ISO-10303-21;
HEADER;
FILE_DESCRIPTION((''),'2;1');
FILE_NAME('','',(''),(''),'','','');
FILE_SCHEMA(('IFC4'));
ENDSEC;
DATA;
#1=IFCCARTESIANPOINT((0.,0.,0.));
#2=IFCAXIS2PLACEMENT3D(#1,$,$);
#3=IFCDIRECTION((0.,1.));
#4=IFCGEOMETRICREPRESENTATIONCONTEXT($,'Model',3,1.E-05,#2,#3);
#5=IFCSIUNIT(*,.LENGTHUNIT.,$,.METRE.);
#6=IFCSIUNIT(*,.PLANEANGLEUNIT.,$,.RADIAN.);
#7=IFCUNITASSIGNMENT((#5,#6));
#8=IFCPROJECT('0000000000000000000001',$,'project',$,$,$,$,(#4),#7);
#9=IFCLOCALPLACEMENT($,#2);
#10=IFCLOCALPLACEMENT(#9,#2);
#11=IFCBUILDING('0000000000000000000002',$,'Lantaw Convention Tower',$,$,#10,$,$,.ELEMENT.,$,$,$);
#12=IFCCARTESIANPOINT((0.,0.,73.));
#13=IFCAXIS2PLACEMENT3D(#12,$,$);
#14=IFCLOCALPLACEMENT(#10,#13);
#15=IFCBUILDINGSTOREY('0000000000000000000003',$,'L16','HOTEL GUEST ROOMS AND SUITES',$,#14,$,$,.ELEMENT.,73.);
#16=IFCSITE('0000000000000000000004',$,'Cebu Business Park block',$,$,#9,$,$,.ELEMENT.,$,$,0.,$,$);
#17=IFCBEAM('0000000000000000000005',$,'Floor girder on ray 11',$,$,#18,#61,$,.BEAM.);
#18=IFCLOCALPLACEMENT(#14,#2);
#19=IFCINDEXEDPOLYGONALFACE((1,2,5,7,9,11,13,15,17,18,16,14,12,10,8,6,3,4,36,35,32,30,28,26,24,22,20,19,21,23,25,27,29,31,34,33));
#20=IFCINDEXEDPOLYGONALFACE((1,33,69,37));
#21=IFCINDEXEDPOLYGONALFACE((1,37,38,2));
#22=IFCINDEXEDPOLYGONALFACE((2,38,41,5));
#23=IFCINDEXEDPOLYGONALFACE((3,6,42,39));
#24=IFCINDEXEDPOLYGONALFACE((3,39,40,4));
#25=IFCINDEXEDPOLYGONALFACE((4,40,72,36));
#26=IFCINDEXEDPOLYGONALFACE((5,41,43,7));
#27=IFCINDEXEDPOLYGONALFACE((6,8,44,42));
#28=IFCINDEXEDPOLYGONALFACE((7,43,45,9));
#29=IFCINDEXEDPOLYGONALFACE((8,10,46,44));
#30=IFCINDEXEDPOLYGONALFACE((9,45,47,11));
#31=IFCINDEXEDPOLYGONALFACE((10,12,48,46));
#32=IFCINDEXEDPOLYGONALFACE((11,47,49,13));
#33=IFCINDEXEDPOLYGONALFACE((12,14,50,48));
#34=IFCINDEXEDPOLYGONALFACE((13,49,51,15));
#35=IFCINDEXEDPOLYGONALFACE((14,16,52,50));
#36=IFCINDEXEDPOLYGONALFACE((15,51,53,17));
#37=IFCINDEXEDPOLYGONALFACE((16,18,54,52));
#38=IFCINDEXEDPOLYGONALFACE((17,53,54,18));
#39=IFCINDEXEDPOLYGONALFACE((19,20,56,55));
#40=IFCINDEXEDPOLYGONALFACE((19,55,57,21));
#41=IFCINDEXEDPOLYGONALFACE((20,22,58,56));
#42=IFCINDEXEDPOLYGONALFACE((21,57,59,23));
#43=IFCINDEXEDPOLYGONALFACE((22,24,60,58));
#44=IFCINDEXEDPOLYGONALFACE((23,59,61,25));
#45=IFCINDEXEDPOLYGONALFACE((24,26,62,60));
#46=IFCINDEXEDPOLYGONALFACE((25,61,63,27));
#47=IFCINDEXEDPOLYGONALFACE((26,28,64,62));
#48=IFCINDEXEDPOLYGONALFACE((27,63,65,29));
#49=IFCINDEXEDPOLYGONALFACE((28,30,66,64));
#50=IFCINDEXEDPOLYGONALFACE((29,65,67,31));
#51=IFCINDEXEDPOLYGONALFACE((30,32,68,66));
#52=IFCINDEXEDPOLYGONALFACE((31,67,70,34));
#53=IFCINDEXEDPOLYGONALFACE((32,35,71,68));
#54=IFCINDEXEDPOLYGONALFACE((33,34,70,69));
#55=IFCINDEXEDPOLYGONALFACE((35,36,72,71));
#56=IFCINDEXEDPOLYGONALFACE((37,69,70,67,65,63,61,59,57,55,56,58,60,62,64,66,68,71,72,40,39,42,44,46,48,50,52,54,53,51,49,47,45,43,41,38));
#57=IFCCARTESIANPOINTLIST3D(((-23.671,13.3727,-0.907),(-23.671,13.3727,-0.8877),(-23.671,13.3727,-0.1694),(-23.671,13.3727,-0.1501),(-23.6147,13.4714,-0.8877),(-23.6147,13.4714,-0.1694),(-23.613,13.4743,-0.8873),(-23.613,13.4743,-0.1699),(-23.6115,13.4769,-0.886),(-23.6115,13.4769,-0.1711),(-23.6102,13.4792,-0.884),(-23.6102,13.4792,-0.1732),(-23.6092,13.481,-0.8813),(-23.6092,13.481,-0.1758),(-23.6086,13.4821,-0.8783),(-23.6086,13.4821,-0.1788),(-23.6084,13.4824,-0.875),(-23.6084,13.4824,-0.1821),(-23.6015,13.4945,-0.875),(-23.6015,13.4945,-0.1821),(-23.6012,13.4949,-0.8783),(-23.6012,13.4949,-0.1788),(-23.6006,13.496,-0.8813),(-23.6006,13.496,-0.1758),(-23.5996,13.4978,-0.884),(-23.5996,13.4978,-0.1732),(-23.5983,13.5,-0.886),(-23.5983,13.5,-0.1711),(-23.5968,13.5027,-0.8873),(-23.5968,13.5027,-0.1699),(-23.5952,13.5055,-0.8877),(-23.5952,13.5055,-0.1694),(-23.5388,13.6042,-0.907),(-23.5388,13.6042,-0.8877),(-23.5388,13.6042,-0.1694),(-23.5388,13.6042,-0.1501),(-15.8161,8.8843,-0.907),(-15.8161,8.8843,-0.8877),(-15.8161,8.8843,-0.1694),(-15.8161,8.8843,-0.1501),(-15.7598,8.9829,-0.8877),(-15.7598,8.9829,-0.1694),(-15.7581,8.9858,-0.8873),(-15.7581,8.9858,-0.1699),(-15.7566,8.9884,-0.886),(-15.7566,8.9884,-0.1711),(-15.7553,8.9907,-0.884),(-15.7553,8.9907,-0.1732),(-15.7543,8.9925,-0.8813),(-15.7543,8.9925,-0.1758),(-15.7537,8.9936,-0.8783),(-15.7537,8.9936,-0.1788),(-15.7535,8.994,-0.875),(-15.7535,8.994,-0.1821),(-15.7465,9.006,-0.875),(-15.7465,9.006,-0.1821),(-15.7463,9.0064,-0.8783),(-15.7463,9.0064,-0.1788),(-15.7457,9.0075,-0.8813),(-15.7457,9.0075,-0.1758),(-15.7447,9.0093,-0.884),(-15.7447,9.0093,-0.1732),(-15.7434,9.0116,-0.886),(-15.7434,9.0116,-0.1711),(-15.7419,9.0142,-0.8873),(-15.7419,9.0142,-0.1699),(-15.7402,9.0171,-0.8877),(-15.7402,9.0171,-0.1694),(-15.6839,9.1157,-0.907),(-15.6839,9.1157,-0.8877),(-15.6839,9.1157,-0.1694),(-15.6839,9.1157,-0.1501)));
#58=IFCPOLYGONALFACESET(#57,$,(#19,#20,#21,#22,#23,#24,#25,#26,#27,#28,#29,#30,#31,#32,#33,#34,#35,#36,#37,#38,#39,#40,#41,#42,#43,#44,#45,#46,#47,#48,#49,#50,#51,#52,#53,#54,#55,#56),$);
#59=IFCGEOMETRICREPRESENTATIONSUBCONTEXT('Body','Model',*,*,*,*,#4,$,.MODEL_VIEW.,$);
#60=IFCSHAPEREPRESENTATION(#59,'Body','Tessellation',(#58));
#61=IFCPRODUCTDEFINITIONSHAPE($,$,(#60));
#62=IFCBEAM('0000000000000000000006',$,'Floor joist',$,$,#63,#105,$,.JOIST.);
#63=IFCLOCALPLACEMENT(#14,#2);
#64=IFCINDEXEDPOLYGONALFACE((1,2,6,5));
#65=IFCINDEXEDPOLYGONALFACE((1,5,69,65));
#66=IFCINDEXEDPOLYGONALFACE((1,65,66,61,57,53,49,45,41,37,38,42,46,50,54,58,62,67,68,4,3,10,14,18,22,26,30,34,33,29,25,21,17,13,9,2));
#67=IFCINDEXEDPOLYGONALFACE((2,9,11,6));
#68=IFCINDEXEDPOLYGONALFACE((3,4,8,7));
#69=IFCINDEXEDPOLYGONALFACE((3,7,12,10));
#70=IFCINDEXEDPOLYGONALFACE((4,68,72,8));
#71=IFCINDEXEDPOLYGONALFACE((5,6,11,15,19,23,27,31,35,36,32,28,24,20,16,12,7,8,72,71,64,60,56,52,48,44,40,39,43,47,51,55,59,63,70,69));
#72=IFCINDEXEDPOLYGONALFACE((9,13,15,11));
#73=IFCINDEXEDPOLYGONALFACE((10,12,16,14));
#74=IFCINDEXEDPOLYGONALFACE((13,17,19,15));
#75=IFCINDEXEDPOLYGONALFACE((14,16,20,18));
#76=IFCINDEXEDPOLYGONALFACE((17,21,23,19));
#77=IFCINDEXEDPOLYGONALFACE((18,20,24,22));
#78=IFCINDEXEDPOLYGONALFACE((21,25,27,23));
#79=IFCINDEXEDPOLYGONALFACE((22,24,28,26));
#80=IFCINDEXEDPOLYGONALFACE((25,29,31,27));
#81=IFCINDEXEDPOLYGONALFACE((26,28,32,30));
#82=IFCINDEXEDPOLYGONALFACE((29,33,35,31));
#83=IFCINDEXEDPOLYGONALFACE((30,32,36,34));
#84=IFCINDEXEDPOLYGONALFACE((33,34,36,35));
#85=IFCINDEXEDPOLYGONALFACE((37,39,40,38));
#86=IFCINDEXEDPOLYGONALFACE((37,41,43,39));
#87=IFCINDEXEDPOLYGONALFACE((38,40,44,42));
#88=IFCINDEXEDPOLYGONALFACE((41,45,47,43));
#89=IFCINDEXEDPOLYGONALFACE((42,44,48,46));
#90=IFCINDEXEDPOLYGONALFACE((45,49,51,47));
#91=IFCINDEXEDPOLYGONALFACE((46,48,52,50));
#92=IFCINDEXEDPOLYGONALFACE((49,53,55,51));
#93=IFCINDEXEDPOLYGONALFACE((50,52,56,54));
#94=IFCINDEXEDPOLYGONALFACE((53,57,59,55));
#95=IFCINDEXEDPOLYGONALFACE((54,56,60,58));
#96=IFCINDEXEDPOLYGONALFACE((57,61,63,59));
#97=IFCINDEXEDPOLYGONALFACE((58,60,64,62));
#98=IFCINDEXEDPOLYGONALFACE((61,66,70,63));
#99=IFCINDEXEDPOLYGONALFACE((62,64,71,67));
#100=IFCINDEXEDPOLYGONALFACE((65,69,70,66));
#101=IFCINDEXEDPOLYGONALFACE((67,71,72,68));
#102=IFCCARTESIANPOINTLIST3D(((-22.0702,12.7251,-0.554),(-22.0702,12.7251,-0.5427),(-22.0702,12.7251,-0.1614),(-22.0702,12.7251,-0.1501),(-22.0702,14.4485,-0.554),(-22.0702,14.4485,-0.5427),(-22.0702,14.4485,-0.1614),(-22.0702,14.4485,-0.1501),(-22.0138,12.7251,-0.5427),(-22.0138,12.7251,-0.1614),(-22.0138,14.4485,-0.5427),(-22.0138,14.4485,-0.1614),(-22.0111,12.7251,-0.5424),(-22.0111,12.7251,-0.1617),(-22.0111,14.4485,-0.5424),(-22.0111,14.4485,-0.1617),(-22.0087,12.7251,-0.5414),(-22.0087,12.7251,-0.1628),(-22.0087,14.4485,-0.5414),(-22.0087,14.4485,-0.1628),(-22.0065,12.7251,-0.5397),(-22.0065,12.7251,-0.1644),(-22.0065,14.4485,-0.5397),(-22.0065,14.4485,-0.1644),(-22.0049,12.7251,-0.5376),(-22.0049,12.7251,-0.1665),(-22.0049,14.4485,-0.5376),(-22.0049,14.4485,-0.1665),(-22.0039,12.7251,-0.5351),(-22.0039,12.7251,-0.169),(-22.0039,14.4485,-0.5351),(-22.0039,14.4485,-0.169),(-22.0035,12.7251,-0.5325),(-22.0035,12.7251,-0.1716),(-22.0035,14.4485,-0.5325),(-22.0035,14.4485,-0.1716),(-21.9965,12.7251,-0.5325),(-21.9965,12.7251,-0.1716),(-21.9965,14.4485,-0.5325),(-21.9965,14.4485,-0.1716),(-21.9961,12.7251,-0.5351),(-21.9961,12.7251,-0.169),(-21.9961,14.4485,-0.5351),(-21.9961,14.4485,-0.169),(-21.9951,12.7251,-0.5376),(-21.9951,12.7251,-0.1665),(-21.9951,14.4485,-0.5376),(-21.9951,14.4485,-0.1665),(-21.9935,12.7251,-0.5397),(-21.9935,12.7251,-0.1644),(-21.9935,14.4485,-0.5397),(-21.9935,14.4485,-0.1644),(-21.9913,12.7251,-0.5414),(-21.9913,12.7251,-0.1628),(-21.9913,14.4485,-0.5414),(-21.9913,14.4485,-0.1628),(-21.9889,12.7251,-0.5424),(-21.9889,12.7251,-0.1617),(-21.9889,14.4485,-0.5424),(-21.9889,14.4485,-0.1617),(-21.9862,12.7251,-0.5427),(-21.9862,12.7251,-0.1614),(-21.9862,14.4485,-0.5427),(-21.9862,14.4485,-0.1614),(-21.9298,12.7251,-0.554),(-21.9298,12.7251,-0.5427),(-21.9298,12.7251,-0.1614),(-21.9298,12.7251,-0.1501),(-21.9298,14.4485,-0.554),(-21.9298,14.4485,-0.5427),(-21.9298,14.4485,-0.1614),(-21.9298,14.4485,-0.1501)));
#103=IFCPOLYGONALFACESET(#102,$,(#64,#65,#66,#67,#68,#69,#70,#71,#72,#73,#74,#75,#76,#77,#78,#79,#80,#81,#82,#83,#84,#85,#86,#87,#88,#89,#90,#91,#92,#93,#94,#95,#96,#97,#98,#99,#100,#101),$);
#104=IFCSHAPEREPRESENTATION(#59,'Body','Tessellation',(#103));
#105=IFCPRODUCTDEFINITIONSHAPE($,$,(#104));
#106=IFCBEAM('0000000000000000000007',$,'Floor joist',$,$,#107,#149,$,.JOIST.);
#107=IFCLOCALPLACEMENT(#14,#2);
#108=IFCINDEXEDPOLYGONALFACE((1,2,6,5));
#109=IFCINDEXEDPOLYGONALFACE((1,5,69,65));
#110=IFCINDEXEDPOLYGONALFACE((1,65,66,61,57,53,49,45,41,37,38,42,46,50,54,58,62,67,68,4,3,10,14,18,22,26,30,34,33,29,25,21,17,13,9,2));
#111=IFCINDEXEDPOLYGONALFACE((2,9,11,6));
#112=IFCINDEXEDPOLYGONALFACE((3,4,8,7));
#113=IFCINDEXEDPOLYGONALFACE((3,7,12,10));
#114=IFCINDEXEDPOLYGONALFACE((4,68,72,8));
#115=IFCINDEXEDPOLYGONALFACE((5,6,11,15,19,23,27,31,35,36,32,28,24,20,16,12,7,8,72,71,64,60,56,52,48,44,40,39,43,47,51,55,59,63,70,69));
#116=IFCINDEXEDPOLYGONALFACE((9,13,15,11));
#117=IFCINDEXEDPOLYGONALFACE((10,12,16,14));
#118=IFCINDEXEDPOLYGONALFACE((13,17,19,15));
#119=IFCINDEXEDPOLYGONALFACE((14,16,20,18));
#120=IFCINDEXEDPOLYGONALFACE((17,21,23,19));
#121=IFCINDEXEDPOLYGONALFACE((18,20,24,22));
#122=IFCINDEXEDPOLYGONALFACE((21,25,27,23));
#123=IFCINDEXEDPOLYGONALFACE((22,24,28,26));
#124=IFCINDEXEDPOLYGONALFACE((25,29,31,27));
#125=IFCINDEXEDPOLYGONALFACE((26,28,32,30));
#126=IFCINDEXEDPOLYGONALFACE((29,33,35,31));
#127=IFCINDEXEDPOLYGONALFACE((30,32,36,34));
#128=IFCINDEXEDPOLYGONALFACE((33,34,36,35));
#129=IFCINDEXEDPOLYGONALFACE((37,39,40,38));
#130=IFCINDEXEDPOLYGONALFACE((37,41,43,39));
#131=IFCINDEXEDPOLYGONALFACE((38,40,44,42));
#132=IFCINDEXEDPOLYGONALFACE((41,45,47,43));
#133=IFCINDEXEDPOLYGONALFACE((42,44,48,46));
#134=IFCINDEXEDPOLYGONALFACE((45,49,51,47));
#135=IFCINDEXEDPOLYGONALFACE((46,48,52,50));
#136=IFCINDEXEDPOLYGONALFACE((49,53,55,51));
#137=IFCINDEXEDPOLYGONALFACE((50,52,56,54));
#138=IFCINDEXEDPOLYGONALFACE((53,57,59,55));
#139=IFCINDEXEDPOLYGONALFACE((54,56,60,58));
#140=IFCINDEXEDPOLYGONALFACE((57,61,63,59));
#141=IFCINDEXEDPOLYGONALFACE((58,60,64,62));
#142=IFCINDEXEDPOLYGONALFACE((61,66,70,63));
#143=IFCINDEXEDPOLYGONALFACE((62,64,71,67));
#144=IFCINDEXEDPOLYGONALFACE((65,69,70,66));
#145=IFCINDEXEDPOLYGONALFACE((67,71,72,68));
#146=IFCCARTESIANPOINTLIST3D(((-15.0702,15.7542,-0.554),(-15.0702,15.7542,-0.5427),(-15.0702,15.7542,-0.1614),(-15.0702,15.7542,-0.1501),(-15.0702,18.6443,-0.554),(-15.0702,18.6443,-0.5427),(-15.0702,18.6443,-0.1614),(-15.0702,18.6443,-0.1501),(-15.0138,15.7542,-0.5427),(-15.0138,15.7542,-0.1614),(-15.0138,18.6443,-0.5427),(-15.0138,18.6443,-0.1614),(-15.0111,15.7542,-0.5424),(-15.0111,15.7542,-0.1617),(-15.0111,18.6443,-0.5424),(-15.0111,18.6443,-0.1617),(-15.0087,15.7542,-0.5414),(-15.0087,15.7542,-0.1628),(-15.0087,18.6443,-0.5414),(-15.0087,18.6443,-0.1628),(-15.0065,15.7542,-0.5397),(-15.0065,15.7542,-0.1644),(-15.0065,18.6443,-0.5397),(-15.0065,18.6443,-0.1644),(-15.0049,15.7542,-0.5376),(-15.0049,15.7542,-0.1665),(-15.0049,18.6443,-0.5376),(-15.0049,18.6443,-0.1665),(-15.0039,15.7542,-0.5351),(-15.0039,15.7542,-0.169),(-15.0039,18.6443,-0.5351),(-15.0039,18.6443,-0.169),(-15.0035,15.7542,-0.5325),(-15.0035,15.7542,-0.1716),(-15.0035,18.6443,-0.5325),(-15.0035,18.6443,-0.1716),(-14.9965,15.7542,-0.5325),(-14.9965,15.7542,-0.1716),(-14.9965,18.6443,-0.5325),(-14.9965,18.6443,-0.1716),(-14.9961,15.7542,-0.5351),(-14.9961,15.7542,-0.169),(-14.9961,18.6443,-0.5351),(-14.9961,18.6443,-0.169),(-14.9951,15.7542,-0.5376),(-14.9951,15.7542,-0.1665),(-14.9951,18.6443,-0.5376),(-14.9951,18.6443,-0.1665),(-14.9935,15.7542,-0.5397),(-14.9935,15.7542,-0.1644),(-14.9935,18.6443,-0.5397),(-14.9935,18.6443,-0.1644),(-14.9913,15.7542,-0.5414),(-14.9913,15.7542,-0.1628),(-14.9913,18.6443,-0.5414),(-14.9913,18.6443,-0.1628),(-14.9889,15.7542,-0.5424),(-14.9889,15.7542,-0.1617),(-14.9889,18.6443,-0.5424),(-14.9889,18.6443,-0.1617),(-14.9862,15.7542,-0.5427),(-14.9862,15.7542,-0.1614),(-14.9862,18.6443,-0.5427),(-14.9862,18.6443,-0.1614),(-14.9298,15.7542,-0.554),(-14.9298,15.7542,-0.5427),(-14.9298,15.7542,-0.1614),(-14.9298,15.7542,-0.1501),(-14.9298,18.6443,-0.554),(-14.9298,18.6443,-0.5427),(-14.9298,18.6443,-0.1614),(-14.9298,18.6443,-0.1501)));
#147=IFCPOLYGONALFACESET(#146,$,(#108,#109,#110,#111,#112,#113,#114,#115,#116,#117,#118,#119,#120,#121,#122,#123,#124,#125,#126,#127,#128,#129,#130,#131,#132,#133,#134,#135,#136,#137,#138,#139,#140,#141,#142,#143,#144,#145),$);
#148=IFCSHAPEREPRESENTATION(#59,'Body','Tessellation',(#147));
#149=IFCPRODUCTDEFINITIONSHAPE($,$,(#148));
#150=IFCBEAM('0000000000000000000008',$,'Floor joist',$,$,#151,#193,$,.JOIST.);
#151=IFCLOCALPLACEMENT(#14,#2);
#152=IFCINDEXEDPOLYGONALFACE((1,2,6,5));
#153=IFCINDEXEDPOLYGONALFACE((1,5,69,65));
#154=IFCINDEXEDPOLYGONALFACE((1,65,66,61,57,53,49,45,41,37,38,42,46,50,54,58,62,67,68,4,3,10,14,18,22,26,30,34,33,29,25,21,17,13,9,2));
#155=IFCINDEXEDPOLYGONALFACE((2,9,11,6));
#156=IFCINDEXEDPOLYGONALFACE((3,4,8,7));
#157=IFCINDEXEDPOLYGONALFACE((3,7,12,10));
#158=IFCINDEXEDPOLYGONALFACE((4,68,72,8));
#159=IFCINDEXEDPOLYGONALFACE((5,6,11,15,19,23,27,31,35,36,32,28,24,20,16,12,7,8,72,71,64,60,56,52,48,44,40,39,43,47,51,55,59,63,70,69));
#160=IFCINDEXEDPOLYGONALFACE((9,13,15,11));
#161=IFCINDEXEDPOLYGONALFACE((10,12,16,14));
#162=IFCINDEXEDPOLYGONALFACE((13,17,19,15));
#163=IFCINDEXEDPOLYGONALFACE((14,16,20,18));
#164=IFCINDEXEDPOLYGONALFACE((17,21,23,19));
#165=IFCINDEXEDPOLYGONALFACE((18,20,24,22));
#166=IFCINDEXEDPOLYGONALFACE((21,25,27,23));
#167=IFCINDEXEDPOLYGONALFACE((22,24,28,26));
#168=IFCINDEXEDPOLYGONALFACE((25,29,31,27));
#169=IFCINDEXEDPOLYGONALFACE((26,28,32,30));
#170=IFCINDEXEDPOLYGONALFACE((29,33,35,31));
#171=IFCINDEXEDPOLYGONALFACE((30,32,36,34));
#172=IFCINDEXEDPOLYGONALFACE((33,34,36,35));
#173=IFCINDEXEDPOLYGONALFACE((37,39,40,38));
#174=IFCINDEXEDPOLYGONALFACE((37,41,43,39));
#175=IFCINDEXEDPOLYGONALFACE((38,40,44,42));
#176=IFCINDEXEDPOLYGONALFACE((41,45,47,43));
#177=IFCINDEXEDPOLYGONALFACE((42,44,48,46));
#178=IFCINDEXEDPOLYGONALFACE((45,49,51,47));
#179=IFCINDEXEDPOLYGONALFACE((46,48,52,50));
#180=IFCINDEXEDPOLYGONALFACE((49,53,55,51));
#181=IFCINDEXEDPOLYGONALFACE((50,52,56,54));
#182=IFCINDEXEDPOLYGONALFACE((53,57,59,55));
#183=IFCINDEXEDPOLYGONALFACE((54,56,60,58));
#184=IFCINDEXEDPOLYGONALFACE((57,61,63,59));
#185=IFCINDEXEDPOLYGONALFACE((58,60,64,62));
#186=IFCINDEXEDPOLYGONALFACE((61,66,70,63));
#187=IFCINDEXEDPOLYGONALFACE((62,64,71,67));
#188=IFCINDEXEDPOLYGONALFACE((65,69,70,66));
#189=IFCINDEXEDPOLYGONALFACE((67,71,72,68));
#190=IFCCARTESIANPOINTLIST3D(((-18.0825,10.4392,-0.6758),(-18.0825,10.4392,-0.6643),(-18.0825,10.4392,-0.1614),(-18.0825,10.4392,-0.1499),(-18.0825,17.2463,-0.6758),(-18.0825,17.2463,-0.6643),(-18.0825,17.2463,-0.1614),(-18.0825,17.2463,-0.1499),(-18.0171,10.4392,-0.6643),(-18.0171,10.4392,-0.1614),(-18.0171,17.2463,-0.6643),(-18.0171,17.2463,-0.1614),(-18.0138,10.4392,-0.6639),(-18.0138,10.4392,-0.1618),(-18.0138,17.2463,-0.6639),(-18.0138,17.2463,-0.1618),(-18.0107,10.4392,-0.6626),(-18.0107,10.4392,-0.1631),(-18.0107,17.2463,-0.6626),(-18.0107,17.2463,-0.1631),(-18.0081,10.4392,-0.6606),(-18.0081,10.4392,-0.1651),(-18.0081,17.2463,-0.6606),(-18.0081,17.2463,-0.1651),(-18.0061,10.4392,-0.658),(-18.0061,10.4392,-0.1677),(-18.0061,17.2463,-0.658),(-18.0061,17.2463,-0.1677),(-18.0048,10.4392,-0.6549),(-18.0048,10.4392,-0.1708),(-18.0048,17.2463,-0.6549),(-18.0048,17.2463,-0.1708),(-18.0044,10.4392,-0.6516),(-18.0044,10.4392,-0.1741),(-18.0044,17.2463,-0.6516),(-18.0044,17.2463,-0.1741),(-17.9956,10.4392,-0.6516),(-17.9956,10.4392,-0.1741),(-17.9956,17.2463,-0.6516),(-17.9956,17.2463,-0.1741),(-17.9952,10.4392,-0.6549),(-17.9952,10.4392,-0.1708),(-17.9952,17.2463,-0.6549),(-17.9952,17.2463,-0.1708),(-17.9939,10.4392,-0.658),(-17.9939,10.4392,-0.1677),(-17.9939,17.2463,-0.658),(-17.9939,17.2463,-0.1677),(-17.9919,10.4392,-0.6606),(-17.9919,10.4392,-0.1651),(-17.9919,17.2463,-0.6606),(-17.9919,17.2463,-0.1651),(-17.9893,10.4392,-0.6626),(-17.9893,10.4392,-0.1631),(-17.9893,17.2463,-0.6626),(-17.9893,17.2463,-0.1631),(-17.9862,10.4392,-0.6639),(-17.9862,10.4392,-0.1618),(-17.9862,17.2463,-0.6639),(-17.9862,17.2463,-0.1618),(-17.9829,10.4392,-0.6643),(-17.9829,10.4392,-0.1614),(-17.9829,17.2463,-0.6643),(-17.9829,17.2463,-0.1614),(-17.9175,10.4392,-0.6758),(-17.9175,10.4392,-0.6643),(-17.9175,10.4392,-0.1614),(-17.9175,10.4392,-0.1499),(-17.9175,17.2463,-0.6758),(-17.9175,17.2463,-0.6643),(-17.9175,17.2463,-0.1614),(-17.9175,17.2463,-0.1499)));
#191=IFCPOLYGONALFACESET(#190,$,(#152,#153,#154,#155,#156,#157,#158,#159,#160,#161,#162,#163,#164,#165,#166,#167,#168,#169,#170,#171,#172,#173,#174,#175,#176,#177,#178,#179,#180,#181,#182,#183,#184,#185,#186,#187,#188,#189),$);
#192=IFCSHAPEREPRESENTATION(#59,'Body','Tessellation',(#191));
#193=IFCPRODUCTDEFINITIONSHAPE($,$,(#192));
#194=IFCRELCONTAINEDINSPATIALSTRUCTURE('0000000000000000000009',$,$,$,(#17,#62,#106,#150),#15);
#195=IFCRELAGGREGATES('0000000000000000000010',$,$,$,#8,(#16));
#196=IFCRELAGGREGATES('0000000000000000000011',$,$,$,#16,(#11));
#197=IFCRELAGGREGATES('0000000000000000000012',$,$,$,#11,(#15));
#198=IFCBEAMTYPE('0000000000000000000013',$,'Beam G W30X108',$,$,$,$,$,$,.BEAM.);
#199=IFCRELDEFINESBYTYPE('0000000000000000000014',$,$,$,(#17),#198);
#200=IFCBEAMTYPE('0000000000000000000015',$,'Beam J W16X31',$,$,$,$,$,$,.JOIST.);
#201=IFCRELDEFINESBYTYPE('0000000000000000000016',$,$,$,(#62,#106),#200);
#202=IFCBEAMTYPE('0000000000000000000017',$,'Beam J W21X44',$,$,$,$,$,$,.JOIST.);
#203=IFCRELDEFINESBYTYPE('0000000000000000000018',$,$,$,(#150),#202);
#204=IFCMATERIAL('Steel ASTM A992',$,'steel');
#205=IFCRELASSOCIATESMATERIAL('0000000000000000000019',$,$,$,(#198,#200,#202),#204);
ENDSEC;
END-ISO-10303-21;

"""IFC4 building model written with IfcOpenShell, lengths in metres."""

from ifc_helpers import new_model, si_unit, direction, frame, origin, origin_2d, place, context, subcontext, project, spatial, i_section, extrude, material, material_profile, profile_set, type_object, element, save


model = new_model("IFC4")

# Units and contexts
model_context = context("Model", 3, precision=1e-05, world=origin(), true_north=direction((0.0, 1.0)))
body_context = subcontext(model_context, "Body", "Model", "MODEL_VIEW")
ifc_project = project(units=[si_unit("LENGTHUNIT", "METRE"), si_unit("PLANEANGLEUNIT", "RADIAN")], contexts=[model_context])

# Site, building, storey
site_placement = place(None, origin())
site = spatial("IfcSite", under=ifc_project, at=site_placement, Name="Cebu Business Park block", CompositionType="ELEMENT", RefElevation=0.0)
building_placement = place(site_placement, origin())
building = spatial("IfcBuilding", under=site, at=building_placement, Name="Lantaw Convention Tower", CompositionType="ELEMENT")
storey_placement = place(building_placement, frame((0.0, 0.0, 73.0)))
storey = spatial("IfcBuildingStorey", under=building, at=storey_placement, Name="L16", Description="HOTEL GUEST ROOMS AND SUITES", CompositionType="ELEMENT", Elevation=73.0)

# Beams
ifc_material_1 = material(Name="Steel ASTM A992", Category="steel")
ifc_material_profile_1 = material_profile(ifc_material_1, i_section(OverallWidth=0.2666, OverallDepth=0.7568, WebThickness=0.0139, FlangeThickness=0.0193, FilletRadius=0.0127, at=origin_2d()), Name="W30X108")
ifc_profile_set_1 = profile_set([ifc_material_profile_1], Name="Steel ASTM A992")
beam_type_1 = type_object("IfcBeamType", Name="Beam G W30X108", PredefinedType="BEAM", material=ifc_profile_set_1)
beam_1_placement = place(storey_placement, frame((-15.75, 9.0, -0.5286), z_axis=(-0.868245, 0.496136, 0.0), x_axis=(-0.496136, -0.868245, 0.0)))
element("IfcBeam", 1, at=beam_1_placement, inside=storey, type_object=beam_type_1, Name="Floor girder on ray 11", PredefinedType="BEAM", context=body_context, shape_type="SweptSolid", body=[
    extrude(i_section(OverallWidth=0.2666, OverallDepth=0.7568, WebThickness=0.0139, FlangeThickness=0.0193, FilletRadius=0.0127, at=origin_2d()), origin(), (0.0, 0.0, 1.0), 9.0469),
])
ifc_material_profile_2 = material_profile(ifc_material_1, i_section(OverallWidth=0.1404, OverallDepth=0.4038, WebThickness=0.0071, FlangeThickness=0.0112, FilletRadius=0.0103, at=origin_2d()), Name="W16X31")
ifc_profile_set_2 = profile_set([ifc_material_profile_2], Name="Steel ASTM A992")
beam_type_2 = type_object("IfcBeamType", Name="Beam J W16X31", PredefinedType="JOIST", material=ifc_profile_set_2)
beam_2_placement = place(storey_placement, frame((-22.0, 12.7251, -0.3521), z_axis=(0.0, 1.0, 0.0), x_axis=(-1.0, 0.0, 0.0)))
element("IfcBeam", 2, at=beam_2_placement, inside=storey, type_object=beam_type_2, Name="Floor joist", PredefinedType="JOIST", context=body_context, shape_type="SweptSolid", body=[
    extrude(i_section(OverallWidth=0.1404, OverallDepth=0.4038, WebThickness=0.0071, FlangeThickness=0.0112, FilletRadius=0.0103, at=origin_2d()), origin(), (0.0, 0.0, 1.0), 1.7234),
])
beam_3_placement = place(storey_placement, frame((-15.0, 15.7542, -0.3521), z_axis=(0.0, 1.0, 0.0), x_axis=(-1.0, 0.0, 0.0)))
element("IfcBeam", 3, at=beam_3_placement, inside=storey, type_object=beam_type_2, Name="Floor joist", PredefinedType="JOIST", context=body_context, shape_type="SweptSolid", body=[
    extrude(i_section(OverallWidth=0.1404, OverallDepth=0.4038, WebThickness=0.0071, FlangeThickness=0.0112, FilletRadius=0.0103, at=origin_2d()), origin(), (0.0, 0.0, 1.0), 2.8901),
])
ifc_material_profile_3 = material_profile(ifc_material_1, i_section(OverallWidth=0.165, OverallDepth=0.5259, WebThickness=0.0088, FlangeThickness=0.0115, FilletRadius=0.0127, at=origin_2d()), Name="W21X44")
ifc_profile_set_3 = profile_set([ifc_material_profile_3], Name="Steel ASTM A992")
beam_type_3 = type_object("IfcBeamType", Name="Beam J W21X44", PredefinedType="JOIST", material=ifc_profile_set_3)
beam_4_placement = place(storey_placement, frame((-18.0, 10.4392, -0.4128), z_axis=(0.0, 1.0, 0.0), x_axis=(-1.0, 0.0, 0.0)))
element("IfcBeam", 4, at=beam_4_placement, inside=storey, type_object=beam_type_3, Name="Floor joist", PredefinedType="JOIST", context=body_context, shape_type="SweptSolid", body=[
    extrude(i_section(OverallWidth=0.165, OverallDepth=0.5259, WebThickness=0.0088, FlangeThickness=0.0115, FilletRadius=0.0127, at=origin_2d()), origin(), (0.0, 0.0, 1.0), 6.8071),
])

save(model, "model.ifc")
